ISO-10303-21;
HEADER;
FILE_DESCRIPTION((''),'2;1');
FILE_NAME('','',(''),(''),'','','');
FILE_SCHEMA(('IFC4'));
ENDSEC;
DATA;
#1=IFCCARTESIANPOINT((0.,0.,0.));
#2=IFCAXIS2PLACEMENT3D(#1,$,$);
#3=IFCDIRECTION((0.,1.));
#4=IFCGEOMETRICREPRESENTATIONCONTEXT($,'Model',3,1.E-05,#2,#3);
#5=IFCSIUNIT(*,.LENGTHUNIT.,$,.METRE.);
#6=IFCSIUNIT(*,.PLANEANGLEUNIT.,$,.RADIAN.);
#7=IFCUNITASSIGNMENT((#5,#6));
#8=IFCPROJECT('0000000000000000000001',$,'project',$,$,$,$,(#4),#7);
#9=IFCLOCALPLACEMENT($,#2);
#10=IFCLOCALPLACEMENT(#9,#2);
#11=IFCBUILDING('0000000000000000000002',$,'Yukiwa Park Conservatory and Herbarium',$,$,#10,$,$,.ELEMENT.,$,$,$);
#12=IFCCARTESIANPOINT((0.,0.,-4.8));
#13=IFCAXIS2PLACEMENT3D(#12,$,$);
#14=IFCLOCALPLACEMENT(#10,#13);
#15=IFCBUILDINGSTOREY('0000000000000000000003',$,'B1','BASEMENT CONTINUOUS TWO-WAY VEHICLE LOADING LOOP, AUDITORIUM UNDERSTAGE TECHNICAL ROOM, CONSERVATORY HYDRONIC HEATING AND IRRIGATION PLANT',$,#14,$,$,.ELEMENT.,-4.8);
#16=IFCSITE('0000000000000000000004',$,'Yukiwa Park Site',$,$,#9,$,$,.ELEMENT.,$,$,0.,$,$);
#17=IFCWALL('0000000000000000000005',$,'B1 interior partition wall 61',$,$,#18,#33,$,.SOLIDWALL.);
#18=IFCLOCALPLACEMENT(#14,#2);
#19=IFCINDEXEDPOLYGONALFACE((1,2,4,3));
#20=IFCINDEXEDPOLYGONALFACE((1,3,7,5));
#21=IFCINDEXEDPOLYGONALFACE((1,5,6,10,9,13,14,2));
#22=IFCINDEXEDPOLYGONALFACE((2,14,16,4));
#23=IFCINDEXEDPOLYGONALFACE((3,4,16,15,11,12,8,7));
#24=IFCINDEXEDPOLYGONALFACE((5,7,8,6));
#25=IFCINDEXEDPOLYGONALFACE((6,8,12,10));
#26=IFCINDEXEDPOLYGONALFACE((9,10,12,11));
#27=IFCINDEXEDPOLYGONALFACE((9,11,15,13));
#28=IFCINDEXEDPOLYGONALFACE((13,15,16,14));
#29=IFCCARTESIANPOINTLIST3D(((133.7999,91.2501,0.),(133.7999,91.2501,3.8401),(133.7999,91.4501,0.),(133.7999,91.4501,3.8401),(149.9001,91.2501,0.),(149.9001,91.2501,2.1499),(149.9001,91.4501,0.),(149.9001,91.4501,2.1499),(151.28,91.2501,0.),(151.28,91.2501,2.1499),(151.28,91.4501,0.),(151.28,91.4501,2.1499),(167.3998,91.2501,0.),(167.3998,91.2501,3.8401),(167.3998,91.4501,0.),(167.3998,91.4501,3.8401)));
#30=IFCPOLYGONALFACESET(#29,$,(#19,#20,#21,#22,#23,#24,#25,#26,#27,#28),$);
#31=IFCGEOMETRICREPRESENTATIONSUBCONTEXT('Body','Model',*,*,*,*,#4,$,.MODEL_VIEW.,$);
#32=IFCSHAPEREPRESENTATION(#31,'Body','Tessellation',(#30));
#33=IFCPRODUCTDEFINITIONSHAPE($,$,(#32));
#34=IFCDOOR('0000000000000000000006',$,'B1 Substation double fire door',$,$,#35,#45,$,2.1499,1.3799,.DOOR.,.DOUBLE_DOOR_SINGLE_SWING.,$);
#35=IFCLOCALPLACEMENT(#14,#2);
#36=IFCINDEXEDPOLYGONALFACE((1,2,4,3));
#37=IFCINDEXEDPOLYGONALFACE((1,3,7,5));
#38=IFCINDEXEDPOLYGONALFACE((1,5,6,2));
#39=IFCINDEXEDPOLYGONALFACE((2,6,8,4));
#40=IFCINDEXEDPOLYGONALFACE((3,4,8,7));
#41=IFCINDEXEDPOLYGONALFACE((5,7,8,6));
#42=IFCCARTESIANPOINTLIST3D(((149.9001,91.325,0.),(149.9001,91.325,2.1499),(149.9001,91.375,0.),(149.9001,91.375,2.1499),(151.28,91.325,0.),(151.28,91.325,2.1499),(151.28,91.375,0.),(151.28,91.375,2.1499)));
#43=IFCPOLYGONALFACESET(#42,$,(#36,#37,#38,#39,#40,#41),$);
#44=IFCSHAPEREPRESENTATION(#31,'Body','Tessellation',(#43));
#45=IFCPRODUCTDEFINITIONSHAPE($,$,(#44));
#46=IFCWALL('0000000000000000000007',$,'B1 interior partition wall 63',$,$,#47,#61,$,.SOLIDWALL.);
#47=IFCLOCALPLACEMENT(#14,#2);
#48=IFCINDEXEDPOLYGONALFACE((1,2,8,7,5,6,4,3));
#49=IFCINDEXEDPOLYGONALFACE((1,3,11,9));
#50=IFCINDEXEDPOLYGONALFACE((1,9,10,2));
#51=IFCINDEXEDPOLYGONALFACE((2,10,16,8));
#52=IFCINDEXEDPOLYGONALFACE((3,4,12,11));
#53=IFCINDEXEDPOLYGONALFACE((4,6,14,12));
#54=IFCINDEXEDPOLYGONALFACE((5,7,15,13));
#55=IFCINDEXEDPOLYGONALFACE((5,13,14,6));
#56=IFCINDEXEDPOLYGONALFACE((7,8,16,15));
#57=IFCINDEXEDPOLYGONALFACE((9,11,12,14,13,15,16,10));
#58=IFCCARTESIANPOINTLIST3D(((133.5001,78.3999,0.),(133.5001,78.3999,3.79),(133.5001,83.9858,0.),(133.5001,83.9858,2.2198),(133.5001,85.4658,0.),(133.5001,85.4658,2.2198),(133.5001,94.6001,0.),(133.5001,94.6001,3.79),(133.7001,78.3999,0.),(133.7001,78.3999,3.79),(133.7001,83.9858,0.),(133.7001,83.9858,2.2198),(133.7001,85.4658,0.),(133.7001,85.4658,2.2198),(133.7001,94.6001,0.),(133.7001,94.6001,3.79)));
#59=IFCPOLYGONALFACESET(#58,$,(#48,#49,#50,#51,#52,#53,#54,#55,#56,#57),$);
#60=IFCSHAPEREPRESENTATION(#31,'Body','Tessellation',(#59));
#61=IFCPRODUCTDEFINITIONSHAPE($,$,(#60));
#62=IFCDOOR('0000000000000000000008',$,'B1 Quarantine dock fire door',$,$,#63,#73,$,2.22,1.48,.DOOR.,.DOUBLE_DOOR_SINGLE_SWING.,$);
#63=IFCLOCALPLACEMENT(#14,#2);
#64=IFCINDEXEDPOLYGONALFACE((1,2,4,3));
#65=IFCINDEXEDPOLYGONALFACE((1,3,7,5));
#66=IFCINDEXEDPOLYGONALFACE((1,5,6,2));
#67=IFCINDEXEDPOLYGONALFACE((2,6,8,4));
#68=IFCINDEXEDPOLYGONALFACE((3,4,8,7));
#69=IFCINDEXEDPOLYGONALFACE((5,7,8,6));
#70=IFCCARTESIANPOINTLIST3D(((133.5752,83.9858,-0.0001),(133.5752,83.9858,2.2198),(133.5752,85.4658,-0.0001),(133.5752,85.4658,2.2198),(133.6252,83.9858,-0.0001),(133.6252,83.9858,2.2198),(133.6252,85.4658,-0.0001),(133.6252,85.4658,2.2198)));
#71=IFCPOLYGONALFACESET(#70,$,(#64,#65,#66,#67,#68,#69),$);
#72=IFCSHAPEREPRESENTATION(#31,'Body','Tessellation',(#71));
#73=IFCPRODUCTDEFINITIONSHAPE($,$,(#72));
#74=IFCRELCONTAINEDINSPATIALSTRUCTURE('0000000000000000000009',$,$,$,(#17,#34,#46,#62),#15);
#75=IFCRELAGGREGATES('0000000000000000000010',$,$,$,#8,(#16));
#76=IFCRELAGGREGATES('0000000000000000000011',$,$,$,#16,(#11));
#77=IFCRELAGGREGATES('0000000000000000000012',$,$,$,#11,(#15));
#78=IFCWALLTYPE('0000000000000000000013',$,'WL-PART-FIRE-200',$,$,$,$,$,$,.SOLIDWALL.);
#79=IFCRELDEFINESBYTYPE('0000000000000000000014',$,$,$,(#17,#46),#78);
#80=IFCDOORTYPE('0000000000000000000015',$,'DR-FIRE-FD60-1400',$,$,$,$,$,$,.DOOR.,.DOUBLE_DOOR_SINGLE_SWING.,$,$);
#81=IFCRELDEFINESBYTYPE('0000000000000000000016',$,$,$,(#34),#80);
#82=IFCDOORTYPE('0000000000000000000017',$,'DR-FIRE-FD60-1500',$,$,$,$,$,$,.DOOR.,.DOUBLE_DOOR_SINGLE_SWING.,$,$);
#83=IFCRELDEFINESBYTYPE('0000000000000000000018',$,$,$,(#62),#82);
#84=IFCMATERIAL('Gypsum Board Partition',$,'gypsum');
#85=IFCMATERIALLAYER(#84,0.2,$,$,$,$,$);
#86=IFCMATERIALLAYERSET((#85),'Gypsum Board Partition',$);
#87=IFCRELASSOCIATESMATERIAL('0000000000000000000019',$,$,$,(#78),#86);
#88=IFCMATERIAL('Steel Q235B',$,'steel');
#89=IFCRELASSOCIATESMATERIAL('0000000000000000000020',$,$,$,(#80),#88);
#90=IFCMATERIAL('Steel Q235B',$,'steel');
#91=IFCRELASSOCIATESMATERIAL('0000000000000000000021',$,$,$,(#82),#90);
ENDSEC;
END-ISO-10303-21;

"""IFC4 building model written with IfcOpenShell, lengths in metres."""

from ifc_helpers import new_model, si_unit, direction, frame, frame_2d, origin, place, context, subcontext, project, spatial, rectangle, extrude, material, layer, layer_set, type_object, element, fill, save


model = new_model("IFC4")

# Units and contexts
model_context = context("Model", 3, precision=1e-05, world=origin(), true_north=direction((0.0, 1.0)))
body_context = subcontext(model_context, "Body", "Model", "MODEL_VIEW")
ifc_project = project(units=[si_unit("LENGTHUNIT", "METRE"), si_unit("PLANEANGLEUNIT", "RADIAN")], contexts=[model_context])

# Site, building, storey
site_placement = place(None, origin())
site = spatial("IfcSite", under=ifc_project, at=site_placement, Name="Yukiwa Park Site", CompositionType="ELEMENT", RefElevation=0.0)
building_placement = place(site_placement, origin())
building = spatial("IfcBuilding", under=site, at=building_placement, Name="Yukiwa Park Conservatory and Herbarium", CompositionType="ELEMENT")
storey_placement = place(building_placement, frame((0.0, 0.0, -4.8)))
storey = spatial("IfcBuildingStorey", under=building, at=storey_placement, Name="B1", Description="BASEMENT CONTINUOUS TWO-WAY VEHICLE LOADING LOOP, AUDITORIUM UNDERSTAGE TECHNICAL ROOM, CONSERVATORY HYDRONIC HEATING AND IRRIGATION PLANT", CompositionType="ELEMENT", Elevation=-4.8)

# Walls, openings, doors
ifc_material_1 = material(Name="Gypsum Board Partition", Category="gypsum")
ifc_layer_1 = layer(ifc_material_1, 0.2)
ifc_layer_set_1 = layer_set([ifc_layer_1], Name="Gypsum Board Partition")
wall_type_1 = type_object("IfcWallType", Name="WL-PART-FIRE-200", PredefinedType="SOLIDWALL", material=ifc_layer_set_1)
wall_1_placement = place(storey_placement, frame((133.8, 91.3501, 0.0), z_axis=(0.0, 0.0, 1.0), x_axis=(1.0, 0.0, 0.0)))
wall_1 = element("IfcWall", 1, at=wall_1_placement, inside=storey, type_object=wall_type_1, Name="B1 interior partition wall 61", PredefinedType="SOLIDWALL", context=body_context, shape_type="SweptSolid", body=[
    extrude(rectangle(XDim=33.5999, YDim=0.2, at=frame_2d((16.7998, 0.0))), origin(), (0.0, 0.0, 1.0), 3.8401),
])
opening_1_placement = place(wall_1_placement, frame((16.1001, 0.0, 0.0)))
opening_1 = element("IfcOpeningElement", 2, at=opening_1_placement, cuts=wall_1, PredefinedType="OPENING", context=body_context, shape_type="SweptSolid", body=[
    extrude(rectangle(XDim=1.3799, YDim=2.1499, at=frame_2d((0.6899, 1.075))), frame((0.0, 0.1099, 0.0), z_axis=(0.0, -1.0, 0.0), x_axis=(1.0, 0.0, 0.0)), (0.0, 0.0, 1.0), 0.22),
])
ifc_material_2 = material(Name="Steel Q235B", Category="steel")
door_type_1 = type_object("IfcDoorType", Name="DR-FIRE-FD60-1400", OperationType="DOUBLE_DOOR_SINGLE_SWING", PredefinedType="DOOR", material=ifc_material_2)
door_1_placement = place(opening_1_placement, origin())
door_1 = element("IfcDoor", 3, at=door_1_placement, inside=storey, type_object=door_type_1, Name="B1 Substation double fire door", OperationType="DOUBLE_DOOR_SINGLE_SWING", OverallHeight=2.1499, OverallWidth=1.3799, PredefinedType="DOOR", context=body_context, shape_type="SweptSolid", body=[
    extrude(rectangle(XDim=1.3799, YDim=2.1499, at=frame_2d((0.6899, 1.075))), frame((0.0, 0.0249, 0.0), z_axis=(0.0, -1.0, 0.0), x_axis=(1.0, 0.0, 0.0)), (0.0, 0.0, 1.0), 0.05),
])
fill(opening_1, door_1)
wall_2_placement = place(storey_placement, frame((133.6001, 78.3999, 0.0), z_axis=(0.0, 0.0, 1.0), x_axis=(0.0, 1.0, 0.0)))
wall_2 = element("IfcWall", 4, at=wall_2_placement, inside=storey, type_object=wall_type_1, Name="B1 interior partition wall 63", PredefinedType="SOLIDWALL", context=body_context, shape_type="SweptSolid", body=[
    extrude(rectangle(XDim=16.2002, YDim=0.2, at=frame_2d((8.1001, 0.0))), origin(), (0.0, 0.0, 1.0), 3.79),
])
opening_2_placement = place(wall_2_placement, frame((5.5859, 0.0, 0.0)))
opening_2 = element("IfcOpeningElement", 5, at=opening_2_placement, cuts=wall_2, PredefinedType="OPENING", context=body_context, shape_type="SweptSolid", body=[
    extrude(rectangle(XDim=1.48, YDim=2.22, at=frame_2d((0.74, 1.1099))), frame((0.0, 0.1099, 0.0), z_axis=(0.0, -1.0, 0.0), x_axis=(1.0, 0.0, 0.0)), (0.0, 0.0, 1.0), 0.22),
])
ifc_material_3 = material(Name="Steel Q235B", Category="steel")
door_type_2 = type_object("IfcDoorType", Name="DR-FIRE-FD60-1500", OperationType="DOUBLE_DOOR_SINGLE_SWING", PredefinedType="DOOR", material=ifc_material_3)
door_2_placement = place(opening_2_placement, origin())
door_2 = element("IfcDoor", 6, at=door_2_placement, inside=storey, type_object=door_type_2, Name="B1 Quarantine dock fire door", OperationType="DOUBLE_DOOR_SINGLE_SWING", OverallHeight=2.22, OverallWidth=1.48, PredefinedType="DOOR", context=body_context, shape_type="SweptSolid", body=[
    extrude(rectangle(XDim=1.48, YDim=2.22, at=frame_2d((0.74, 1.1099))), frame((0.0, 0.0249, 0.0), z_axis=(0.0, -1.0, 0.0), x_axis=(1.0, 0.0, 0.0)), (0.0, 0.0, 1.0), 0.05),
])
fill(opening_2, door_2)

save(model, "model.ifc")
